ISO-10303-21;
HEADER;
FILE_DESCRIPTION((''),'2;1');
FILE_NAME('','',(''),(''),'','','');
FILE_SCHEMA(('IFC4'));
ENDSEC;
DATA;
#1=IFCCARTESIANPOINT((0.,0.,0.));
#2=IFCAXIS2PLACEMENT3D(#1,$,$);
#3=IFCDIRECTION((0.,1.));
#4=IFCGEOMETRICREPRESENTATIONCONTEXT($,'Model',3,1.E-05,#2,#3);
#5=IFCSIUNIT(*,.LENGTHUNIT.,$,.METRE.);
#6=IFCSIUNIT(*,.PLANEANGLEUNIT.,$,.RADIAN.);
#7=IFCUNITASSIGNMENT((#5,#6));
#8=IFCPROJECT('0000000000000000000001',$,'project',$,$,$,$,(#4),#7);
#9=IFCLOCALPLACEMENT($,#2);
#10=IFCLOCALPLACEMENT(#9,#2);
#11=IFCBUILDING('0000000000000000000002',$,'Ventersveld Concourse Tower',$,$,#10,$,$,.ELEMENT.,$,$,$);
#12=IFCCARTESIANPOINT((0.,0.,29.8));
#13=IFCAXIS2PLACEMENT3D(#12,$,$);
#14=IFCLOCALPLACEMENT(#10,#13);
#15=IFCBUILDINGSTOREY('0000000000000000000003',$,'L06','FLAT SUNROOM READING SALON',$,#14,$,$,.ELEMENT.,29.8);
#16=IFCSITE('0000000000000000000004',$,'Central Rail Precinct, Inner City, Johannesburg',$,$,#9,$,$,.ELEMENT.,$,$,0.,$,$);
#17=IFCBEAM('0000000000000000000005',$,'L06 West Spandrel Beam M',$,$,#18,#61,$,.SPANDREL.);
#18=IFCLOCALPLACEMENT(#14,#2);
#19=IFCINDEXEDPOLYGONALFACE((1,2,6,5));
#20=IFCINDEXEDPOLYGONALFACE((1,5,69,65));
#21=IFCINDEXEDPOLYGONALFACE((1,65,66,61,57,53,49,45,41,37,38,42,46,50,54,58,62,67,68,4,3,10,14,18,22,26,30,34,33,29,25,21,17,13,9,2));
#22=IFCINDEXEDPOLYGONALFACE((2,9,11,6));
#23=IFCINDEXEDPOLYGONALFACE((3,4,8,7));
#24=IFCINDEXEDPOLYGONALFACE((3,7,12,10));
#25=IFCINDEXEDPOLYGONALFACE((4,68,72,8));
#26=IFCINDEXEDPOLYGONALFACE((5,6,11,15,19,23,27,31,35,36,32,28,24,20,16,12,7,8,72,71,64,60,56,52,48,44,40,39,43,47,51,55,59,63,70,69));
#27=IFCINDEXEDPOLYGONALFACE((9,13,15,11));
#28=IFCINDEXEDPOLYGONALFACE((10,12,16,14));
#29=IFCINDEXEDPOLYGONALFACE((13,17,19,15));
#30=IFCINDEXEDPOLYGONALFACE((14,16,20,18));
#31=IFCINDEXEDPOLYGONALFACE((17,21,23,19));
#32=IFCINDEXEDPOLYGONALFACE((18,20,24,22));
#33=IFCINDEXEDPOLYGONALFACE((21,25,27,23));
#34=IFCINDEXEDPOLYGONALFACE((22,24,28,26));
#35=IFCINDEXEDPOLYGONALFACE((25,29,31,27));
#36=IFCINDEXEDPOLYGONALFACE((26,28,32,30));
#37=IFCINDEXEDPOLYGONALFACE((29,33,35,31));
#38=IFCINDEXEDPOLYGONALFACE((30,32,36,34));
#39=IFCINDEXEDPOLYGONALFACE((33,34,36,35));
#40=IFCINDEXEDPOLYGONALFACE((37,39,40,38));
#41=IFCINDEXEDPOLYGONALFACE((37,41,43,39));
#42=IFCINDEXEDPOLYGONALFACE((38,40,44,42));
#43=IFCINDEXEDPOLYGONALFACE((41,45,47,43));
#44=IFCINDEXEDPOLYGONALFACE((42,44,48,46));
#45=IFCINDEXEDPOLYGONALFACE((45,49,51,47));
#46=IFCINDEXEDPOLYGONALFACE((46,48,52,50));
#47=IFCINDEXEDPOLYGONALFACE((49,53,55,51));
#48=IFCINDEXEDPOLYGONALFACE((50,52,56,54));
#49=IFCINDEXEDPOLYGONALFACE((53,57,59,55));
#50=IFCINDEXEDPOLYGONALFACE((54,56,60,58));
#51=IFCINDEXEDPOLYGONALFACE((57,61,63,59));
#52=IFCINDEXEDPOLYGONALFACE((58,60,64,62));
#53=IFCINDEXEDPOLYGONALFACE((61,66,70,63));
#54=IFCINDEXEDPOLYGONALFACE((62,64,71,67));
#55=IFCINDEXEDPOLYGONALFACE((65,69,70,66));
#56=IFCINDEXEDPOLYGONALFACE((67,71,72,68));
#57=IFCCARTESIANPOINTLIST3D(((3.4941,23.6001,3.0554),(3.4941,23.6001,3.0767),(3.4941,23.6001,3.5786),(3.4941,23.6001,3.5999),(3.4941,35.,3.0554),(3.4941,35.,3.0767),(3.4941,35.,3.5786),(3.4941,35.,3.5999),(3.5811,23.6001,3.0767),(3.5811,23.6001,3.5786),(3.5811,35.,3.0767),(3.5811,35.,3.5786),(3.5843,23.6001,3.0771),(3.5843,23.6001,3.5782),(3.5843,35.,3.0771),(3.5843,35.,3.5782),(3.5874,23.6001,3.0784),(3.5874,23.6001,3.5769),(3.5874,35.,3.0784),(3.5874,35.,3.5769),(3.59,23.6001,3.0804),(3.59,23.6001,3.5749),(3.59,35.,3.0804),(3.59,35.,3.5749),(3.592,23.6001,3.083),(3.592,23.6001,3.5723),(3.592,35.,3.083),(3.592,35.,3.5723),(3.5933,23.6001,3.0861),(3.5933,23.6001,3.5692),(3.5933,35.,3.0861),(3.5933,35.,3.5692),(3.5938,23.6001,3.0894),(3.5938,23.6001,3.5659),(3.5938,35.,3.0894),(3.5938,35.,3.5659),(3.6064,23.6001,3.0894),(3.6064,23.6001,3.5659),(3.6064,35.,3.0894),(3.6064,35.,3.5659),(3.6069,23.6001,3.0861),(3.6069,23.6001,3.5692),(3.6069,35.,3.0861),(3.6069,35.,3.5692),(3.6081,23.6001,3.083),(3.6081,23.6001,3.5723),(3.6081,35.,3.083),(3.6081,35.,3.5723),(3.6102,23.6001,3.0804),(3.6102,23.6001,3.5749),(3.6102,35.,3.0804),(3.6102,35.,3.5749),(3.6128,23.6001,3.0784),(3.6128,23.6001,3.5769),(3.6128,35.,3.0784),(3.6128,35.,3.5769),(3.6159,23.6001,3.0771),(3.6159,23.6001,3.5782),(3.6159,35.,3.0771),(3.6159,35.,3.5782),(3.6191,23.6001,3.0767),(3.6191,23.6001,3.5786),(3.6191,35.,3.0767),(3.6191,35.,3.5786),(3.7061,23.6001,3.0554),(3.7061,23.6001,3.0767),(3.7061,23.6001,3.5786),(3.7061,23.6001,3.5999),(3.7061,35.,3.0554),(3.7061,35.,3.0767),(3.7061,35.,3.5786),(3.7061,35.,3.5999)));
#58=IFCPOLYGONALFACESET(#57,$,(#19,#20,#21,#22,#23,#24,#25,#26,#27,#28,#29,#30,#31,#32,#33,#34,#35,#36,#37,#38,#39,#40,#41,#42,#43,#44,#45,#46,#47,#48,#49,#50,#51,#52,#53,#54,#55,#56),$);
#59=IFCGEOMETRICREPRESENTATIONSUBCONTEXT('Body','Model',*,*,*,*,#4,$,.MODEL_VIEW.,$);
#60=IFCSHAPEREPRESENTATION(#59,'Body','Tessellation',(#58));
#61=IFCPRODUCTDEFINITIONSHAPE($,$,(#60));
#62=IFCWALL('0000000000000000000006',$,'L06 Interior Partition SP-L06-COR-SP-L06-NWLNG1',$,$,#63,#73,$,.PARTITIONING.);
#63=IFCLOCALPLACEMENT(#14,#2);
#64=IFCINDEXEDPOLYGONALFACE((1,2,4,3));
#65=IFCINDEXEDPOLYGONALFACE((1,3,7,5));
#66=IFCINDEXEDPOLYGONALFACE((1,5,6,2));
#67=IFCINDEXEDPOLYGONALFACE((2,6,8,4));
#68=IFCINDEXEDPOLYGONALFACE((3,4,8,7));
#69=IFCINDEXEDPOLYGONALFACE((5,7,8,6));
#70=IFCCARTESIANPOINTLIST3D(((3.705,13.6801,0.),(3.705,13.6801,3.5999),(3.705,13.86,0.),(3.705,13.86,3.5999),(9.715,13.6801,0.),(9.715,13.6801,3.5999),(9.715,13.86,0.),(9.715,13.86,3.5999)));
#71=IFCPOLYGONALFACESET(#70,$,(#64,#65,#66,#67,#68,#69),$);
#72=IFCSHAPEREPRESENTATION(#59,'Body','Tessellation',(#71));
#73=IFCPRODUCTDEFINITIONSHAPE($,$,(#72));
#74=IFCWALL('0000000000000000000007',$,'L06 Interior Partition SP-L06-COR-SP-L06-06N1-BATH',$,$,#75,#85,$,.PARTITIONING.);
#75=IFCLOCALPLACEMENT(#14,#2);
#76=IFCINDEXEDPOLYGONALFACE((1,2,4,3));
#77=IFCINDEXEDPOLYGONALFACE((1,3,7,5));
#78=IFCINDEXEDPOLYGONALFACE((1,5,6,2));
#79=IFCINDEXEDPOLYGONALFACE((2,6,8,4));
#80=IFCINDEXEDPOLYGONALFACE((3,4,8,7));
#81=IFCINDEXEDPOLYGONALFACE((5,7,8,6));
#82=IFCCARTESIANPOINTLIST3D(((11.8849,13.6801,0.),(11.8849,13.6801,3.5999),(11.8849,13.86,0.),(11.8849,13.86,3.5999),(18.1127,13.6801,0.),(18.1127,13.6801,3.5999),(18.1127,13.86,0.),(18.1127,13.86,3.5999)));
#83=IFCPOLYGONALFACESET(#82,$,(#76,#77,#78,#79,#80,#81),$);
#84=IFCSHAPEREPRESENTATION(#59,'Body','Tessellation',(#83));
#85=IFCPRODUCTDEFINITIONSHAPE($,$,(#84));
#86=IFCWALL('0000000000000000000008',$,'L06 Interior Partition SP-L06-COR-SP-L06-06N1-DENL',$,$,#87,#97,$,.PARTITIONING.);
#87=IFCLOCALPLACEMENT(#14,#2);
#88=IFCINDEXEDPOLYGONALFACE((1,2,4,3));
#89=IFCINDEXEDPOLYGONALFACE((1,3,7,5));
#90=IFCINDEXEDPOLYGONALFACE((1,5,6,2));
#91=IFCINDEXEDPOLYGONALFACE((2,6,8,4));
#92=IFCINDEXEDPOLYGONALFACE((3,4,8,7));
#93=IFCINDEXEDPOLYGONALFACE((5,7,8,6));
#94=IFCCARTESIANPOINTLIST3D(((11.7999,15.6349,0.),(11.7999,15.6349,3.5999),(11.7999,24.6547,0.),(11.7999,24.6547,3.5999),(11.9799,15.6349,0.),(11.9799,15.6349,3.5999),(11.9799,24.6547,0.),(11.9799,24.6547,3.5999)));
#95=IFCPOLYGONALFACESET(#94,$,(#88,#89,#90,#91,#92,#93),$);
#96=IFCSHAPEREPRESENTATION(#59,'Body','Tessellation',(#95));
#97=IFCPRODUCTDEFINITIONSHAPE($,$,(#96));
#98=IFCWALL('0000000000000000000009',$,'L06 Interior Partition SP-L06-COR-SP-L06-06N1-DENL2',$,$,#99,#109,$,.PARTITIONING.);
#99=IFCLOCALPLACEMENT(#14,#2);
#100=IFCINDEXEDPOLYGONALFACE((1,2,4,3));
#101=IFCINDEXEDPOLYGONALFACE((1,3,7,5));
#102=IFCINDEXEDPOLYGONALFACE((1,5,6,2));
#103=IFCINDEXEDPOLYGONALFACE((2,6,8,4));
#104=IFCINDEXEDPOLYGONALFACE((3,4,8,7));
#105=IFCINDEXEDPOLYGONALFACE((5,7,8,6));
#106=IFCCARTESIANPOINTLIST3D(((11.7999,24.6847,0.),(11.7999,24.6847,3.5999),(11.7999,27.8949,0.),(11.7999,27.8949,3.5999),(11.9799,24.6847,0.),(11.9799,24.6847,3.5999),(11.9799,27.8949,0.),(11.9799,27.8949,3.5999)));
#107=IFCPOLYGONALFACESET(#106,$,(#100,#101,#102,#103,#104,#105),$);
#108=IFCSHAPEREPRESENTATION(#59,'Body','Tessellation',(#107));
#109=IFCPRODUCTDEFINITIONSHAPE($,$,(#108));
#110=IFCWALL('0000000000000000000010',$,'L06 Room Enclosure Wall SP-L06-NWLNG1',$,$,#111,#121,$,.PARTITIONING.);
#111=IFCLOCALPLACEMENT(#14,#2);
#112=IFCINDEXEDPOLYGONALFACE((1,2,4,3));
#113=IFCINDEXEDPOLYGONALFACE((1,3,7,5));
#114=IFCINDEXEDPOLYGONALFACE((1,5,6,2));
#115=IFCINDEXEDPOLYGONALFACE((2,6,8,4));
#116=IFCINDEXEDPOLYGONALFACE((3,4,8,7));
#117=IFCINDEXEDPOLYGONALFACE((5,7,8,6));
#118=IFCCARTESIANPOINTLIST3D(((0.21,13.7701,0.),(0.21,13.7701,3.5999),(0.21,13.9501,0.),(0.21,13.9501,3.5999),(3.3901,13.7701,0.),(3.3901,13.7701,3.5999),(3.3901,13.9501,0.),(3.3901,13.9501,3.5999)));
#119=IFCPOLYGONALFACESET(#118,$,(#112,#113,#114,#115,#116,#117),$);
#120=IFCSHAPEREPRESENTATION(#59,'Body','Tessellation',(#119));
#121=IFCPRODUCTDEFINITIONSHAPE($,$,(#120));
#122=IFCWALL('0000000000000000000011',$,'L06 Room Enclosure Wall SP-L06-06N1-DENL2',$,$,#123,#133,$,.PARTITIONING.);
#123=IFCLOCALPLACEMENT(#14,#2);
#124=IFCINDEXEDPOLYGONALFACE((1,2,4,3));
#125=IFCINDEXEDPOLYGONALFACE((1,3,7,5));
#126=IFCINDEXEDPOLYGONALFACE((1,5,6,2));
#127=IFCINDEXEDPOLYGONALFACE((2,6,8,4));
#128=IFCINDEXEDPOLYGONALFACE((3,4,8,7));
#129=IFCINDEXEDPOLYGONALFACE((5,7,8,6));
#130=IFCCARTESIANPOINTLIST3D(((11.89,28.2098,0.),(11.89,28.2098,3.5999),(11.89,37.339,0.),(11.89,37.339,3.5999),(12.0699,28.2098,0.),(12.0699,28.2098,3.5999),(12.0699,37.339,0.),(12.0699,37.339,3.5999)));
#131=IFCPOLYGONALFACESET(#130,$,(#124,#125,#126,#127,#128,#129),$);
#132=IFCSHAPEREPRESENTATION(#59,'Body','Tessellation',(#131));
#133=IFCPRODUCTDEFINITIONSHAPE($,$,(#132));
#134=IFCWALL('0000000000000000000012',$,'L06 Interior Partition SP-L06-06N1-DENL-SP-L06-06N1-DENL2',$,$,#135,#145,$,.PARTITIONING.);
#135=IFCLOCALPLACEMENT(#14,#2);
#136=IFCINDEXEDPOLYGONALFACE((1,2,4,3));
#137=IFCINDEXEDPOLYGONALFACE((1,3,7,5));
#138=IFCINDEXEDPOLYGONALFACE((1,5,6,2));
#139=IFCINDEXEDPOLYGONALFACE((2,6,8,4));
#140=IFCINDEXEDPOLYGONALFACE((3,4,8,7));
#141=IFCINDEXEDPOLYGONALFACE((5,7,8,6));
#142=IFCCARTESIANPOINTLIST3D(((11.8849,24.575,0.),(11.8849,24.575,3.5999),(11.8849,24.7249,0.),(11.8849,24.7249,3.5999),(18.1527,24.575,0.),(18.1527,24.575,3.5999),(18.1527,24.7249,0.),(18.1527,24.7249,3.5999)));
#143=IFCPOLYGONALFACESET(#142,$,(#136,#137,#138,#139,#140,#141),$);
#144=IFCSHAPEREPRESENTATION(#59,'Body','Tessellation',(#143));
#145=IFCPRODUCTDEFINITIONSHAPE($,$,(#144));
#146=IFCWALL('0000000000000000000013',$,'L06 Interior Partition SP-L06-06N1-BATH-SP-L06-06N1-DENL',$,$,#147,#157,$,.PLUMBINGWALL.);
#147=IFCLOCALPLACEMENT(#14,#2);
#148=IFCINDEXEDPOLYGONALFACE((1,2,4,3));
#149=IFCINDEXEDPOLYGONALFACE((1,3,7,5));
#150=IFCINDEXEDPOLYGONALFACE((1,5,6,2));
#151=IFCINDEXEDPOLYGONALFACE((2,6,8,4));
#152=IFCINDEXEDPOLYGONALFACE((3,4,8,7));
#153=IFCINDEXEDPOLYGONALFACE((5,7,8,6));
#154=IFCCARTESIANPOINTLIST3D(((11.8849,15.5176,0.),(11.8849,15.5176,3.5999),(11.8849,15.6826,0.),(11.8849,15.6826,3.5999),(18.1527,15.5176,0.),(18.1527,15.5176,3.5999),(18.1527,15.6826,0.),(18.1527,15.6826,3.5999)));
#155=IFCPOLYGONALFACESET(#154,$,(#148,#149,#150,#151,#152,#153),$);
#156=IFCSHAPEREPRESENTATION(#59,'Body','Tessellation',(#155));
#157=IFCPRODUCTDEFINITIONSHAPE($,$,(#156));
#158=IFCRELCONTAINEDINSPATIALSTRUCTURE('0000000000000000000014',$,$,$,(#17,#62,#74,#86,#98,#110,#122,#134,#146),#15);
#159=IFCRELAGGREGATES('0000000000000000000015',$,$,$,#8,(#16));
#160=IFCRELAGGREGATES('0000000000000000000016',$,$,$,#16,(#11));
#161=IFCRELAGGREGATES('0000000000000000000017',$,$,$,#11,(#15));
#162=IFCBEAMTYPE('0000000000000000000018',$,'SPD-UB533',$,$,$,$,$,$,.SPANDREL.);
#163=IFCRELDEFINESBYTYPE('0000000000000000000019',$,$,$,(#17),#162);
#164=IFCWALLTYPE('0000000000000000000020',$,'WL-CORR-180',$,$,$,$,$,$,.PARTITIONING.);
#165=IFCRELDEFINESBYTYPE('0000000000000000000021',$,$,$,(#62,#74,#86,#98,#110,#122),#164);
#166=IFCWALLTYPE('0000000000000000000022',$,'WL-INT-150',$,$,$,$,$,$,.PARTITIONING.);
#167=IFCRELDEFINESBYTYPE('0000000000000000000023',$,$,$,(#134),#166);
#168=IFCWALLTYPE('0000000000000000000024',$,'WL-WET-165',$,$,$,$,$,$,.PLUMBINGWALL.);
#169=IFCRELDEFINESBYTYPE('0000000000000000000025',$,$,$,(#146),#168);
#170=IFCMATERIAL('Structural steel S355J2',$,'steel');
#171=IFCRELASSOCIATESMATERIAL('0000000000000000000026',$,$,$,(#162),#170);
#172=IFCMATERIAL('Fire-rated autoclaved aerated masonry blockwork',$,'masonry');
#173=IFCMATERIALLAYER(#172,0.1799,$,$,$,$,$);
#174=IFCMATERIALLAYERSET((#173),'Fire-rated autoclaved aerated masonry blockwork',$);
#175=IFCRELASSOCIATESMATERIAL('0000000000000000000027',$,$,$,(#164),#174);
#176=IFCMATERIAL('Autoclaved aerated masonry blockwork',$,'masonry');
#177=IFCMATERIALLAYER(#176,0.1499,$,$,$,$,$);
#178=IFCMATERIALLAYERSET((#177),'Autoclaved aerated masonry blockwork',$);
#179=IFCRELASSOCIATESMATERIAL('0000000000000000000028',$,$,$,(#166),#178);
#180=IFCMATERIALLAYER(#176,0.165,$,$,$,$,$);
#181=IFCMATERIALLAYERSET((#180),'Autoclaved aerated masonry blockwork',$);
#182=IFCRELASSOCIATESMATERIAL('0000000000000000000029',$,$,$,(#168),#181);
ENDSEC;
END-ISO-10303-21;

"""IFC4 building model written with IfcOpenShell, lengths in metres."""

from ifc_helpers import new_model, si_unit, direction, frame, frame_2d, origin, origin_2d, place, context, subcontext, project, spatial, rectangle, i_section, extrude, material, layer, layer_set, material_profile, profile_set, type_object, element, save


model = new_model("IFC4")

# Units and contexts
model_context = context("Model", 3, precision=1e-05, world=origin(), true_north=direction((0.0, 1.0)))
body_context = subcontext(model_context, "Body", "Model", "MODEL_VIEW")
ifc_project = project(units=[si_unit("LENGTHUNIT", "METRE"), si_unit("PLANEANGLEUNIT", "RADIAN")], contexts=[model_context])

# Site, building, storey
site_placement = place(None, origin())
site = spatial("IfcSite", under=ifc_project, at=site_placement, Name="Central Rail Precinct, Inner City, Johannesburg", CompositionType="ELEMENT", RefElevation=0.0)
building_placement = place(site_placement, origin())
building = spatial("IfcBuilding", under=site, at=building_placement, Name="Ventersveld Concourse Tower", CompositionType="ELEMENT")
storey_placement = place(building_placement, frame((0.0, 0.0, 29.8)))
storey = spatial("IfcBuildingStorey", under=building, at=storey_placement, Name="L06", Description="FLAT SUNROOM READING SALON", CompositionType="ELEMENT", Elevation=29.8)

# Beam
ifc_material_1 = material(Name="Structural steel S355J2", Category="steel")
ifc_material_profile_1 = material_profile(ifc_material_1, i_section(OverallWidth=0.2119, OverallDepth=0.5444, WebThickness=0.0127, FlangeThickness=0.0212, FilletRadius=0.0127, at=origin_2d()), Name="UB 533x210x122")
ifc_profile_set_1 = profile_set([ifc_material_profile_1], Name="Structural steel S355J2")
beam_type_1 = type_object("IfcBeamType", Name="SPD-UB533", PredefinedType="SPANDREL", material=ifc_profile_set_1)
beam_1_placement = place(storey_placement, frame((3.6001, 23.6001, 3.3276), z_axis=(0.0, 1.0, 0.0), x_axis=(-1.0, 0.0, 0.0)))
element("IfcBeam", 1, at=beam_1_placement, inside=storey, type_object=beam_type_1, Name="L06 West Spandrel Beam M", PredefinedType="SPANDREL", context=body_context, shape_type="SweptSolid", body=[
    extrude(i_section(OverallWidth=0.2119, OverallDepth=0.5444, WebThickness=0.0127, FlangeThickness=0.0212, FilletRadius=0.0127, at=origin_2d()), origin(), (0.0, 0.0, 1.0), 11.3999),
])

# Walls
ifc_material_2 = material(Name="Fire-rated autoclaved aerated masonry blockwork", Category="masonry")
ifc_layer_1 = layer(ifc_material_2, 0.1799)
ifc_layer_set_1 = layer_set([ifc_layer_1], Name="Fire-rated autoclaved aerated masonry blockwork")
wall_type_1 = type_object("IfcWallType", Name="WL-CORR-180", PredefinedType="PARTITIONING", material=ifc_layer_set_1)
wall_1_placement = place(storey_placement, frame((3.7051, 13.77, 0.0), z_axis=(0.0, 0.0, 1.0), x_axis=(1.0, 0.0, 0.0)))
element("IfcWall", 2, at=wall_1_placement, inside=storey, type_object=wall_type_1, Name="L06 Interior Partition SP-L06-COR-SP-L06-NWLNG1", PredefinedType="PARTITIONING", context=body_context, shape_type="SweptSolid", body=[
    extrude(rectangle(XDim=6.01, YDim=0.1799, at=frame_2d((3.0049, 0.0))), origin(), (0.0, 0.0, 1.0), 3.5999),
])
wall_2_placement = place(storey_placement, frame((11.885, 13.77, 0.0), z_axis=(0.0, 0.0, 1.0), x_axis=(1.0, 0.0, 0.0)))
element("IfcWall", 3, at=wall_2_placement, inside=storey, type_object=wall_type_1, Name="L06 Interior Partition SP-L06-COR-SP-L06-06N1-BATH", PredefinedType="PARTITIONING", context=body_context, shape_type="SweptSolid", body=[
    extrude(rectangle(XDim=6.2278, YDim=0.1799, at=frame_2d((3.1138, 0.0))), origin(), (0.0, 0.0, 1.0), 3.5999),
])
wall_3_placement = place(storey_placement, frame((11.8899, 15.635, 0.0), z_axis=(0.0, 0.0, 1.0), x_axis=(0.0, 1.0, 0.0)))
element("IfcWall", 4, at=wall_3_placement, inside=storey, type_object=wall_type_1, Name="L06 Interior Partition SP-L06-COR-SP-L06-06N1-DENL", PredefinedType="PARTITIONING", context=body_context, shape_type="SweptSolid", body=[
    extrude(rectangle(XDim=9.0198, YDim=0.1799, at=frame_2d((4.5098, 0.0))), origin(), (0.0, 0.0, 1.0), 3.5999),
])
wall_4_placement = place(storey_placement, frame((11.8899, 24.6848, 0.0), z_axis=(0.0, 0.0, 1.0), x_axis=(0.0, 1.0, 0.0)))
element("IfcWall", 5, at=wall_4_placement, inside=storey, type_object=wall_type_1, Name="L06 Interior Partition SP-L06-COR-SP-L06-06N1-DENL2", PredefinedType="PARTITIONING", context=body_context, shape_type="SweptSolid", body=[
    extrude(rectangle(XDim=3.2102, YDim=0.1799, at=frame_2d((1.605, 0.0))), origin(), (0.0, 0.0, 1.0), 3.5999),
])
wall_5_placement = place(storey_placement, frame((3.3901, 13.8601, 0.0), z_axis=(0.0, 0.0, 1.0), x_axis=(-1.0, 0.0, 0.0)))
element("IfcWall", 6, at=wall_5_placement, inside=storey, type_object=wall_type_1, Name="L06 Room Enclosure Wall SP-L06-NWLNG1", PredefinedType="PARTITIONING", context=body_context, shape_type="SweptSolid", body=[
    extrude(rectangle(XDim=3.1802, YDim=0.1799, at=frame_2d((1.5901, 0.0))), origin(), (0.0, 0.0, 1.0), 3.5999),
])
wall_6_placement = place(storey_placement, frame((11.98, 28.21, 0.0), z_axis=(0.0, 0.0, 1.0), x_axis=(0.0, 1.0, 0.0)))
element("IfcWall", 7, at=wall_6_placement, inside=storey, type_object=wall_type_1, Name="L06 Room Enclosure Wall SP-L06-06N1-DENL2", PredefinedType="PARTITIONING", context=body_context, shape_type="SweptSolid", body=[
    extrude(rectangle(XDim=9.1292, YDim=0.1799, at=frame_2d((4.5645, 0.0))), origin(), (0.0, 0.0, 1.0), 3.5999),
])
ifc_material_3 = material(Name="Autoclaved aerated masonry blockwork", Category="masonry")
ifc_layer_2 = layer(ifc_material_3, 0.1499)
ifc_layer_set_2 = layer_set([ifc_layer_2], Name="Autoclaved aerated masonry blockwork")
wall_type_2 = type_object("IfcWallType", Name="WL-INT-150", PredefinedType="PARTITIONING", material=ifc_layer_set_2)
wall_7_placement = place(storey_placement, frame((11.885, 24.6499, 0.0), z_axis=(0.0, 0.0, 1.0), x_axis=(1.0, 0.0, 0.0)))
element("IfcWall", 8, at=wall_7_placement, inside=storey, type_object=wall_type_2, Name="L06 Interior Partition SP-L06-06N1-DENL-SP-L06-06N1-DENL2", PredefinedType="PARTITIONING", context=body_context, shape_type="SweptSolid", body=[
    extrude(rectangle(XDim=6.2678, YDim=0.1499, at=frame_2d((3.1338, 0.0))), origin(), (0.0, 0.0, 1.0), 3.5999),
])
ifc_layer_3 = layer(ifc_material_3, 0.165)
ifc_layer_set_3 = layer_set([ifc_layer_3], Name="Autoclaved aerated masonry blockwork")
wall_type_3 = type_object("IfcWallType", Name="WL-WET-165", PredefinedType="PLUMBINGWALL", material=ifc_layer_set_3)
wall_8_placement = place(storey_placement, frame((11.885, 15.6001, 0.0), z_axis=(0.0, 0.0, 1.0), x_axis=(1.0, 0.0, 0.0)))
element("IfcWall", 9, at=wall_8_placement, inside=storey, type_object=wall_type_3, Name="L06 Interior Partition SP-L06-06N1-BATH-SP-L06-06N1-DENL", PredefinedType="PLUMBINGWALL", context=body_context, shape_type="SweptSolid", body=[
    extrude(rectangle(XDim=6.2678, YDim=0.165, at=frame_2d((3.1338, 0.0))), origin(), (0.0, 0.0, 1.0), 3.5999),
])

save(model, "model.ifc")
